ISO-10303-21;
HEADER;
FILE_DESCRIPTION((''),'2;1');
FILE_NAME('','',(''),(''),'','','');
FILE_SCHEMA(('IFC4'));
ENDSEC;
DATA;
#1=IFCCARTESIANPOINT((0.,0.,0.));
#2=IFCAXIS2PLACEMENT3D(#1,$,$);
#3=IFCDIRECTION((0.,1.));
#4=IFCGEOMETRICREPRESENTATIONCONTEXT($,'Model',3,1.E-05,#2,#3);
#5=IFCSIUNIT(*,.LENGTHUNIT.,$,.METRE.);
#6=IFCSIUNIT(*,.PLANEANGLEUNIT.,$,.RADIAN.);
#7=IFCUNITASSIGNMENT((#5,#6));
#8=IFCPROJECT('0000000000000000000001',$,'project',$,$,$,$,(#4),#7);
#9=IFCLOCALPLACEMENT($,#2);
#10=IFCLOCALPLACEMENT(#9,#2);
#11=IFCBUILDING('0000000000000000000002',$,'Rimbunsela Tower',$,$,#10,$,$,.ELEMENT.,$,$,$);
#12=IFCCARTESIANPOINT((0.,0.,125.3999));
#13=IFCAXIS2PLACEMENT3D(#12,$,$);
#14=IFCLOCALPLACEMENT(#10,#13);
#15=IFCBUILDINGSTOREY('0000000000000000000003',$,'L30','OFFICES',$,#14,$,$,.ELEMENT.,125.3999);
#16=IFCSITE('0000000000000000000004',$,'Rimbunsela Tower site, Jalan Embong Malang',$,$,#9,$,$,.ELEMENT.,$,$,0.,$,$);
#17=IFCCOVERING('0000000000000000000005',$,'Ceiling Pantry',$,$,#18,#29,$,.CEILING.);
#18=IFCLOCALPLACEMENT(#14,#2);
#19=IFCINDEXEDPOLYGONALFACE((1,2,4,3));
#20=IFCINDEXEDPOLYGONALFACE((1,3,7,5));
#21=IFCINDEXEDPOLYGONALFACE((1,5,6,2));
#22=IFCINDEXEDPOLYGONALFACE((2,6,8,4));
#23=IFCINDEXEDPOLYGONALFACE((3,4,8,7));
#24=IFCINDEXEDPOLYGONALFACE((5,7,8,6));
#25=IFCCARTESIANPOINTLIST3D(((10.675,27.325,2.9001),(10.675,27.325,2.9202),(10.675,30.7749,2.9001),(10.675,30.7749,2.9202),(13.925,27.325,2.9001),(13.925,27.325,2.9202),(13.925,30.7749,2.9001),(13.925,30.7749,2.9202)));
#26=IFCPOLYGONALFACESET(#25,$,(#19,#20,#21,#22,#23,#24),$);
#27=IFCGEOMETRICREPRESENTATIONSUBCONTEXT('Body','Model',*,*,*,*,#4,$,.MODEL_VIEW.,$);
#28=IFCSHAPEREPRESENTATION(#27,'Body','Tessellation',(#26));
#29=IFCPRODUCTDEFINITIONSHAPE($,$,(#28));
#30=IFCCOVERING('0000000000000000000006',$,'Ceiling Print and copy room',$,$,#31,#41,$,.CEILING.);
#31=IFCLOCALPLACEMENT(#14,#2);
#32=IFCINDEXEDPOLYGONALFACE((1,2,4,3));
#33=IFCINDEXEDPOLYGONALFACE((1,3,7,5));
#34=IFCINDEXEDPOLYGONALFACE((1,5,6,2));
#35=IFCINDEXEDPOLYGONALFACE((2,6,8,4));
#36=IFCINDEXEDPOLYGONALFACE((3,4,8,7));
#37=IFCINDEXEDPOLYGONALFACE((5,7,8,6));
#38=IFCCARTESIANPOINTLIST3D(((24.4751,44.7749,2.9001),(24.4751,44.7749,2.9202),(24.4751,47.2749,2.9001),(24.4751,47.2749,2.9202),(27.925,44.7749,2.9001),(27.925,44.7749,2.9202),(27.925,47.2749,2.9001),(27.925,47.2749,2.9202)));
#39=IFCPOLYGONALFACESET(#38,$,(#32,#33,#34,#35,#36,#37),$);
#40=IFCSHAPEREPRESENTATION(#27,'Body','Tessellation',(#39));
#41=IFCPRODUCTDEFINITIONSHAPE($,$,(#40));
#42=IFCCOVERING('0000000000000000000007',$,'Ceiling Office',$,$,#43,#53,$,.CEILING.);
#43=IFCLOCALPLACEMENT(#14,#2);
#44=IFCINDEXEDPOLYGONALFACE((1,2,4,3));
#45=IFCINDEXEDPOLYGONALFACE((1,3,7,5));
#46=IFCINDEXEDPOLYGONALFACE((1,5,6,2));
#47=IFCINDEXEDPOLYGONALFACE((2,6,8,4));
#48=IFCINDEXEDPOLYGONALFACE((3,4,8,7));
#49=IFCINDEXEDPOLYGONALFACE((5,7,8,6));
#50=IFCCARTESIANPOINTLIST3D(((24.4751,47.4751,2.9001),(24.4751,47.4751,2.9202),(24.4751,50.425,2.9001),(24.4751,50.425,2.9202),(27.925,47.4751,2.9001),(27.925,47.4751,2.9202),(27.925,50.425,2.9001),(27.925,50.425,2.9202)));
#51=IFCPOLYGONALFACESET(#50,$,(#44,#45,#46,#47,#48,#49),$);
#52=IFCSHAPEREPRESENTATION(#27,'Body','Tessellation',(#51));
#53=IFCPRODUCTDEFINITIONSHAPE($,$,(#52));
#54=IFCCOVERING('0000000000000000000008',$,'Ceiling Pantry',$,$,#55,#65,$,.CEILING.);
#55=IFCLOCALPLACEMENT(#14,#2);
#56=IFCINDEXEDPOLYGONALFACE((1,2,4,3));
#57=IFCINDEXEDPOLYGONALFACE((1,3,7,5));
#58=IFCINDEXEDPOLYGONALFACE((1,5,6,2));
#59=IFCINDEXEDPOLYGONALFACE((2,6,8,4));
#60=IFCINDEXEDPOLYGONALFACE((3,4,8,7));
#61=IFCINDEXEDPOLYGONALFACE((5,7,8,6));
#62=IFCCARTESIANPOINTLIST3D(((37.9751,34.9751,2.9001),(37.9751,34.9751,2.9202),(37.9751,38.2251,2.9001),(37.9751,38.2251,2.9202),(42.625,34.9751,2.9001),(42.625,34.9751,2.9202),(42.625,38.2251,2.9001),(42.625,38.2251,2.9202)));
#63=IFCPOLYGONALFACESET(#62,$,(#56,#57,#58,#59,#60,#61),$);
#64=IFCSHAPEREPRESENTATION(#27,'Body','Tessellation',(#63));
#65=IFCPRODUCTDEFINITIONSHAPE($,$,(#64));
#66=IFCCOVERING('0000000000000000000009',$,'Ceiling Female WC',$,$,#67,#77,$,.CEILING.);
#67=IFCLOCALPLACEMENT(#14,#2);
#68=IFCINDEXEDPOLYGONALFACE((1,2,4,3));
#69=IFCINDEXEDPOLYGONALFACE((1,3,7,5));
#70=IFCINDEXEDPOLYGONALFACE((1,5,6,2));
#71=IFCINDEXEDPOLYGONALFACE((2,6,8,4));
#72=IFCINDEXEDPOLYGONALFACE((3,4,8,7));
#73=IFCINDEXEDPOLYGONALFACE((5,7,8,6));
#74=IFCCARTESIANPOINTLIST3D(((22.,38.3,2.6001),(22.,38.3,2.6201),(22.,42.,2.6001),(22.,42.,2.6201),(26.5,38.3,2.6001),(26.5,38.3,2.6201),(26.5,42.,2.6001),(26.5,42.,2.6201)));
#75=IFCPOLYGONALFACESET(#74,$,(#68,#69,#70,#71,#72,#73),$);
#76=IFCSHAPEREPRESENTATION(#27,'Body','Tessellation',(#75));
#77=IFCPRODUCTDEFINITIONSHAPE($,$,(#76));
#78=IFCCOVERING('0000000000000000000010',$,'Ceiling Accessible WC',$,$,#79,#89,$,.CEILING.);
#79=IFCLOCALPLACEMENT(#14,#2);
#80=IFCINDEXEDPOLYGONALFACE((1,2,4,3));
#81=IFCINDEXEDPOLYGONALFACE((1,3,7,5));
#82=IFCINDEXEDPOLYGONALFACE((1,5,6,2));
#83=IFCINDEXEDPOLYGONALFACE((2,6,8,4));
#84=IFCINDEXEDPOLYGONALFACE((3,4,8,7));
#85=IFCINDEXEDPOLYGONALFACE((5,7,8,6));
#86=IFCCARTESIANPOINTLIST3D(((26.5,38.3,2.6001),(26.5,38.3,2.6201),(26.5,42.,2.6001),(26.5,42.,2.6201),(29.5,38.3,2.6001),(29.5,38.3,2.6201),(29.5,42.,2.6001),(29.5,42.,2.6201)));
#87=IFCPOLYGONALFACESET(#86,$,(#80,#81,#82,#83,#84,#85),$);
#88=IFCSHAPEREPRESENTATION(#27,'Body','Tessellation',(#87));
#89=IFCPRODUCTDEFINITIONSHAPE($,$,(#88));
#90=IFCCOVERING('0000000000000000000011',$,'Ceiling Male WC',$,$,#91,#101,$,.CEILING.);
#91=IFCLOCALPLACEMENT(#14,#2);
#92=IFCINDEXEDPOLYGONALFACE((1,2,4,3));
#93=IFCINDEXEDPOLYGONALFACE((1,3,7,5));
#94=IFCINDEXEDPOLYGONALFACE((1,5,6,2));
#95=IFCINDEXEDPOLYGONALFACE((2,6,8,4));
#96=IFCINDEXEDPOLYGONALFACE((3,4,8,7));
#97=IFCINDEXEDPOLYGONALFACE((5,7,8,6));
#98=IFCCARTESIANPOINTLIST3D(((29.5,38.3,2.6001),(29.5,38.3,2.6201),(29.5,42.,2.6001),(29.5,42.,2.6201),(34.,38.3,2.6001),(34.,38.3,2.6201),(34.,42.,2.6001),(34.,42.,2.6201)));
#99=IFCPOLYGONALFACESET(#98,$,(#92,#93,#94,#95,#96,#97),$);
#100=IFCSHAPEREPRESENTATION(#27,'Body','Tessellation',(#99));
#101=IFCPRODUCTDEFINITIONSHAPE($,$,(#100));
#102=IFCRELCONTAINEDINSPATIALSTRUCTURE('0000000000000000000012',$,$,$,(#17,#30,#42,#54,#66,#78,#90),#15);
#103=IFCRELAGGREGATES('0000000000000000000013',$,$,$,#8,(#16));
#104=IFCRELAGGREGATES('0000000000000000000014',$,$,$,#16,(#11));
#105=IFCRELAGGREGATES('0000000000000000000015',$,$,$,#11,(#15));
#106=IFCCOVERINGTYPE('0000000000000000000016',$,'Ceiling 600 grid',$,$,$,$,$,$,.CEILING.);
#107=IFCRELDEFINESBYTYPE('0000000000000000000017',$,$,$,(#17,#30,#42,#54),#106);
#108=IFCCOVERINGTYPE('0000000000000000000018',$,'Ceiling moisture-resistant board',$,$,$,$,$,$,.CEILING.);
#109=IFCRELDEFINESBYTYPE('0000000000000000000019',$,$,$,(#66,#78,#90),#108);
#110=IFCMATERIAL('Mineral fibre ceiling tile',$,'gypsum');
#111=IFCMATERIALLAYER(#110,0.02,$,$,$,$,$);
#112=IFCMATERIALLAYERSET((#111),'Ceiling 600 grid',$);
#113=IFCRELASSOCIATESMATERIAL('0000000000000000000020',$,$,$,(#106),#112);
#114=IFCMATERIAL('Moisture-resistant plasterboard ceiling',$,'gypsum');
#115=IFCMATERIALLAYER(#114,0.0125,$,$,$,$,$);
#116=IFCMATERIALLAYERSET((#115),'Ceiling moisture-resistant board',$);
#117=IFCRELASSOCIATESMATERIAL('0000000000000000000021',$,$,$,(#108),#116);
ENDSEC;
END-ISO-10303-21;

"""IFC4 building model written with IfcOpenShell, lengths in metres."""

from ifc_helpers import new_model, si_unit, direction, frame, origin, place, context, subcontext, project, spatial, polyline, outline, extrude, material, layer, layer_set, type_object, element, save


model = new_model("IFC4")

# Units and contexts
model_context = context("Model", 3, precision=1e-05, world=origin(), true_north=direction((0.0, 1.0)))
body_context = subcontext(model_context, "Body", "Model", "MODEL_VIEW")
ifc_project = project(units=[si_unit("LENGTHUNIT", "METRE"), si_unit("PLANEANGLEUNIT", "RADIAN")], contexts=[model_context])

# Site, building, storey
site_placement = place(None, origin())
site = spatial("IfcSite", under=ifc_project, at=site_placement, Name="Rimbunsela Tower site, Jalan Embong Malang", CompositionType="ELEMENT", RefElevation=0.0)
building_placement = place(site_placement, origin())
building = spatial("IfcBuilding", under=site, at=building_placement, Name="Rimbunsela Tower", CompositionType="ELEMENT")
storey_placement = place(building_placement, frame((0.0, 0.0, 125.3999)))
storey = spatial("IfcBuildingStorey", under=building, at=storey_placement, Name="L30", Description="OFFICES", CompositionType="ELEMENT", Elevation=125.3999)

# Coverings
ifc_material_1 = material(Name="Mineral fibre ceiling tile", Category="gypsum")
ifc_layer_1 = layer(ifc_material_1, 0.02)
ifc_layer_set_1 = layer_set([ifc_layer_1], Name="Ceiling 600 grid")
covering_type_1 = type_object("IfcCoveringType", Name="Ceiling 600 grid", PredefinedType="CEILING", material=ifc_layer_set_1)
covering_1_placement = place(storey_placement, frame((0.0, 0.0, 2.9001)))
element("IfcCovering", 1, at=covering_1_placement, inside=storey, type_object=covering_type_1, Name="Ceiling Pantry", PredefinedType="CEILING", context=body_context, shape_type="SweptSolid", body=[
    extrude(outline(polyline([(13.925, 27.325), (13.925, 30.7749), (10.675, 30.7749), (10.675, 27.325), (13.925, 27.325)])), origin(), (0.0, 0.0, 1.0), 0.02),
])
covering_2_placement = place(storey_placement, frame((0.0, 0.0, 2.9001)))
element("IfcCovering", 2, at=covering_2_placement, inside=storey, type_object=covering_type_1, Name="Ceiling Print and copy room", PredefinedType="CEILING", context=body_context, shape_type="SweptSolid", body=[
    extrude(outline(polyline([(27.925, 44.7749), (27.925, 47.2749), (24.4751, 47.2749), (24.4751, 44.7749), (27.925, 44.7749)])), origin(), (0.0, 0.0, 1.0), 0.02),
])
covering_3_placement = place(storey_placement, frame((0.0, 0.0, 2.9001)))
element("IfcCovering", 3, at=covering_3_placement, inside=storey, type_object=covering_type_1, Name="Ceiling Office", PredefinedType="CEILING", context=body_context, shape_type="SweptSolid", body=[
    extrude(outline(polyline([(27.925, 47.4751), (27.925, 50.425), (24.4751, 50.425), (24.4751, 47.4751), (27.925, 47.4751)])), origin(), (0.0, 0.0, 1.0), 0.02),
])
covering_4_placement = place(storey_placement, frame((0.0, 0.0, 2.9001)))
element("IfcCovering", 4, at=covering_4_placement, inside=storey, type_object=covering_type_1, Name="Ceiling Pantry", PredefinedType="CEILING", context=body_context, shape_type="SweptSolid", body=[
    extrude(outline(polyline([(42.625, 34.9751), (42.625, 38.2251), (37.9751, 38.2251), (37.9751, 34.9751), (42.625, 34.9751)])), origin(), (0.0, 0.0, 1.0), 0.02),
])
ifc_material_2 = material(Name="Moisture-resistant plasterboard ceiling", Category="gypsum")
ifc_layer_2 = layer(ifc_material_2, 0.0125)
ifc_layer_set_2 = layer_set([ifc_layer_2], Name="Ceiling moisture-resistant board")
covering_type_2 = type_object("IfcCoveringType", Name="Ceiling moisture-resistant board", PredefinedType="CEILING", material=ifc_layer_set_2)
covering_5_placement = place(storey_placement, frame((0.0, 0.0, 2.6001)))
element("IfcCovering", 5, at=covering_5_placement, inside=storey, type_object=covering_type_2, Name="Ceiling Female WC", PredefinedType="CEILING", context=body_context, shape_type="SweptSolid", body=[
    extrude(outline(polyline([(26.5, 38.3), (26.5, 42.0), (22.0, 42.0), (22.0, 38.3), (26.5, 38.3)])), origin(), (0.0, 0.0, 1.0), 0.02),
])
covering_6_placement = place(storey_placement, frame((0.0, 0.0, 2.6001)))
element("IfcCovering", 6, at=covering_6_placement, inside=storey, type_object=covering_type_2, Name="Ceiling Accessible WC", PredefinedType="CEILING", context=body_context, shape_type="SweptSolid", body=[
    extrude(outline(polyline([(29.5, 38.3), (29.5, 42.0), (26.5, 42.0), (26.5, 38.3), (29.5, 38.3)])), origin(), (0.0, 0.0, 1.0), 0.02),
])
covering_7_placement = place(storey_placement, frame((0.0, 0.0, 2.6001)))
element("IfcCovering", 7, at=covering_7_placement, inside=storey, type_object=covering_type_2, Name="Ceiling Male WC", PredefinedType="CEILING", context=body_context, shape_type="SweptSolid", body=[
    extrude(outline(polyline([(34.0, 38.3), (34.0, 42.0), (29.5, 42.0), (29.5, 38.3), (34.0, 38.3)])), origin(), (0.0, 0.0, 1.0), 0.02),
])

save(model, "model.ifc")
